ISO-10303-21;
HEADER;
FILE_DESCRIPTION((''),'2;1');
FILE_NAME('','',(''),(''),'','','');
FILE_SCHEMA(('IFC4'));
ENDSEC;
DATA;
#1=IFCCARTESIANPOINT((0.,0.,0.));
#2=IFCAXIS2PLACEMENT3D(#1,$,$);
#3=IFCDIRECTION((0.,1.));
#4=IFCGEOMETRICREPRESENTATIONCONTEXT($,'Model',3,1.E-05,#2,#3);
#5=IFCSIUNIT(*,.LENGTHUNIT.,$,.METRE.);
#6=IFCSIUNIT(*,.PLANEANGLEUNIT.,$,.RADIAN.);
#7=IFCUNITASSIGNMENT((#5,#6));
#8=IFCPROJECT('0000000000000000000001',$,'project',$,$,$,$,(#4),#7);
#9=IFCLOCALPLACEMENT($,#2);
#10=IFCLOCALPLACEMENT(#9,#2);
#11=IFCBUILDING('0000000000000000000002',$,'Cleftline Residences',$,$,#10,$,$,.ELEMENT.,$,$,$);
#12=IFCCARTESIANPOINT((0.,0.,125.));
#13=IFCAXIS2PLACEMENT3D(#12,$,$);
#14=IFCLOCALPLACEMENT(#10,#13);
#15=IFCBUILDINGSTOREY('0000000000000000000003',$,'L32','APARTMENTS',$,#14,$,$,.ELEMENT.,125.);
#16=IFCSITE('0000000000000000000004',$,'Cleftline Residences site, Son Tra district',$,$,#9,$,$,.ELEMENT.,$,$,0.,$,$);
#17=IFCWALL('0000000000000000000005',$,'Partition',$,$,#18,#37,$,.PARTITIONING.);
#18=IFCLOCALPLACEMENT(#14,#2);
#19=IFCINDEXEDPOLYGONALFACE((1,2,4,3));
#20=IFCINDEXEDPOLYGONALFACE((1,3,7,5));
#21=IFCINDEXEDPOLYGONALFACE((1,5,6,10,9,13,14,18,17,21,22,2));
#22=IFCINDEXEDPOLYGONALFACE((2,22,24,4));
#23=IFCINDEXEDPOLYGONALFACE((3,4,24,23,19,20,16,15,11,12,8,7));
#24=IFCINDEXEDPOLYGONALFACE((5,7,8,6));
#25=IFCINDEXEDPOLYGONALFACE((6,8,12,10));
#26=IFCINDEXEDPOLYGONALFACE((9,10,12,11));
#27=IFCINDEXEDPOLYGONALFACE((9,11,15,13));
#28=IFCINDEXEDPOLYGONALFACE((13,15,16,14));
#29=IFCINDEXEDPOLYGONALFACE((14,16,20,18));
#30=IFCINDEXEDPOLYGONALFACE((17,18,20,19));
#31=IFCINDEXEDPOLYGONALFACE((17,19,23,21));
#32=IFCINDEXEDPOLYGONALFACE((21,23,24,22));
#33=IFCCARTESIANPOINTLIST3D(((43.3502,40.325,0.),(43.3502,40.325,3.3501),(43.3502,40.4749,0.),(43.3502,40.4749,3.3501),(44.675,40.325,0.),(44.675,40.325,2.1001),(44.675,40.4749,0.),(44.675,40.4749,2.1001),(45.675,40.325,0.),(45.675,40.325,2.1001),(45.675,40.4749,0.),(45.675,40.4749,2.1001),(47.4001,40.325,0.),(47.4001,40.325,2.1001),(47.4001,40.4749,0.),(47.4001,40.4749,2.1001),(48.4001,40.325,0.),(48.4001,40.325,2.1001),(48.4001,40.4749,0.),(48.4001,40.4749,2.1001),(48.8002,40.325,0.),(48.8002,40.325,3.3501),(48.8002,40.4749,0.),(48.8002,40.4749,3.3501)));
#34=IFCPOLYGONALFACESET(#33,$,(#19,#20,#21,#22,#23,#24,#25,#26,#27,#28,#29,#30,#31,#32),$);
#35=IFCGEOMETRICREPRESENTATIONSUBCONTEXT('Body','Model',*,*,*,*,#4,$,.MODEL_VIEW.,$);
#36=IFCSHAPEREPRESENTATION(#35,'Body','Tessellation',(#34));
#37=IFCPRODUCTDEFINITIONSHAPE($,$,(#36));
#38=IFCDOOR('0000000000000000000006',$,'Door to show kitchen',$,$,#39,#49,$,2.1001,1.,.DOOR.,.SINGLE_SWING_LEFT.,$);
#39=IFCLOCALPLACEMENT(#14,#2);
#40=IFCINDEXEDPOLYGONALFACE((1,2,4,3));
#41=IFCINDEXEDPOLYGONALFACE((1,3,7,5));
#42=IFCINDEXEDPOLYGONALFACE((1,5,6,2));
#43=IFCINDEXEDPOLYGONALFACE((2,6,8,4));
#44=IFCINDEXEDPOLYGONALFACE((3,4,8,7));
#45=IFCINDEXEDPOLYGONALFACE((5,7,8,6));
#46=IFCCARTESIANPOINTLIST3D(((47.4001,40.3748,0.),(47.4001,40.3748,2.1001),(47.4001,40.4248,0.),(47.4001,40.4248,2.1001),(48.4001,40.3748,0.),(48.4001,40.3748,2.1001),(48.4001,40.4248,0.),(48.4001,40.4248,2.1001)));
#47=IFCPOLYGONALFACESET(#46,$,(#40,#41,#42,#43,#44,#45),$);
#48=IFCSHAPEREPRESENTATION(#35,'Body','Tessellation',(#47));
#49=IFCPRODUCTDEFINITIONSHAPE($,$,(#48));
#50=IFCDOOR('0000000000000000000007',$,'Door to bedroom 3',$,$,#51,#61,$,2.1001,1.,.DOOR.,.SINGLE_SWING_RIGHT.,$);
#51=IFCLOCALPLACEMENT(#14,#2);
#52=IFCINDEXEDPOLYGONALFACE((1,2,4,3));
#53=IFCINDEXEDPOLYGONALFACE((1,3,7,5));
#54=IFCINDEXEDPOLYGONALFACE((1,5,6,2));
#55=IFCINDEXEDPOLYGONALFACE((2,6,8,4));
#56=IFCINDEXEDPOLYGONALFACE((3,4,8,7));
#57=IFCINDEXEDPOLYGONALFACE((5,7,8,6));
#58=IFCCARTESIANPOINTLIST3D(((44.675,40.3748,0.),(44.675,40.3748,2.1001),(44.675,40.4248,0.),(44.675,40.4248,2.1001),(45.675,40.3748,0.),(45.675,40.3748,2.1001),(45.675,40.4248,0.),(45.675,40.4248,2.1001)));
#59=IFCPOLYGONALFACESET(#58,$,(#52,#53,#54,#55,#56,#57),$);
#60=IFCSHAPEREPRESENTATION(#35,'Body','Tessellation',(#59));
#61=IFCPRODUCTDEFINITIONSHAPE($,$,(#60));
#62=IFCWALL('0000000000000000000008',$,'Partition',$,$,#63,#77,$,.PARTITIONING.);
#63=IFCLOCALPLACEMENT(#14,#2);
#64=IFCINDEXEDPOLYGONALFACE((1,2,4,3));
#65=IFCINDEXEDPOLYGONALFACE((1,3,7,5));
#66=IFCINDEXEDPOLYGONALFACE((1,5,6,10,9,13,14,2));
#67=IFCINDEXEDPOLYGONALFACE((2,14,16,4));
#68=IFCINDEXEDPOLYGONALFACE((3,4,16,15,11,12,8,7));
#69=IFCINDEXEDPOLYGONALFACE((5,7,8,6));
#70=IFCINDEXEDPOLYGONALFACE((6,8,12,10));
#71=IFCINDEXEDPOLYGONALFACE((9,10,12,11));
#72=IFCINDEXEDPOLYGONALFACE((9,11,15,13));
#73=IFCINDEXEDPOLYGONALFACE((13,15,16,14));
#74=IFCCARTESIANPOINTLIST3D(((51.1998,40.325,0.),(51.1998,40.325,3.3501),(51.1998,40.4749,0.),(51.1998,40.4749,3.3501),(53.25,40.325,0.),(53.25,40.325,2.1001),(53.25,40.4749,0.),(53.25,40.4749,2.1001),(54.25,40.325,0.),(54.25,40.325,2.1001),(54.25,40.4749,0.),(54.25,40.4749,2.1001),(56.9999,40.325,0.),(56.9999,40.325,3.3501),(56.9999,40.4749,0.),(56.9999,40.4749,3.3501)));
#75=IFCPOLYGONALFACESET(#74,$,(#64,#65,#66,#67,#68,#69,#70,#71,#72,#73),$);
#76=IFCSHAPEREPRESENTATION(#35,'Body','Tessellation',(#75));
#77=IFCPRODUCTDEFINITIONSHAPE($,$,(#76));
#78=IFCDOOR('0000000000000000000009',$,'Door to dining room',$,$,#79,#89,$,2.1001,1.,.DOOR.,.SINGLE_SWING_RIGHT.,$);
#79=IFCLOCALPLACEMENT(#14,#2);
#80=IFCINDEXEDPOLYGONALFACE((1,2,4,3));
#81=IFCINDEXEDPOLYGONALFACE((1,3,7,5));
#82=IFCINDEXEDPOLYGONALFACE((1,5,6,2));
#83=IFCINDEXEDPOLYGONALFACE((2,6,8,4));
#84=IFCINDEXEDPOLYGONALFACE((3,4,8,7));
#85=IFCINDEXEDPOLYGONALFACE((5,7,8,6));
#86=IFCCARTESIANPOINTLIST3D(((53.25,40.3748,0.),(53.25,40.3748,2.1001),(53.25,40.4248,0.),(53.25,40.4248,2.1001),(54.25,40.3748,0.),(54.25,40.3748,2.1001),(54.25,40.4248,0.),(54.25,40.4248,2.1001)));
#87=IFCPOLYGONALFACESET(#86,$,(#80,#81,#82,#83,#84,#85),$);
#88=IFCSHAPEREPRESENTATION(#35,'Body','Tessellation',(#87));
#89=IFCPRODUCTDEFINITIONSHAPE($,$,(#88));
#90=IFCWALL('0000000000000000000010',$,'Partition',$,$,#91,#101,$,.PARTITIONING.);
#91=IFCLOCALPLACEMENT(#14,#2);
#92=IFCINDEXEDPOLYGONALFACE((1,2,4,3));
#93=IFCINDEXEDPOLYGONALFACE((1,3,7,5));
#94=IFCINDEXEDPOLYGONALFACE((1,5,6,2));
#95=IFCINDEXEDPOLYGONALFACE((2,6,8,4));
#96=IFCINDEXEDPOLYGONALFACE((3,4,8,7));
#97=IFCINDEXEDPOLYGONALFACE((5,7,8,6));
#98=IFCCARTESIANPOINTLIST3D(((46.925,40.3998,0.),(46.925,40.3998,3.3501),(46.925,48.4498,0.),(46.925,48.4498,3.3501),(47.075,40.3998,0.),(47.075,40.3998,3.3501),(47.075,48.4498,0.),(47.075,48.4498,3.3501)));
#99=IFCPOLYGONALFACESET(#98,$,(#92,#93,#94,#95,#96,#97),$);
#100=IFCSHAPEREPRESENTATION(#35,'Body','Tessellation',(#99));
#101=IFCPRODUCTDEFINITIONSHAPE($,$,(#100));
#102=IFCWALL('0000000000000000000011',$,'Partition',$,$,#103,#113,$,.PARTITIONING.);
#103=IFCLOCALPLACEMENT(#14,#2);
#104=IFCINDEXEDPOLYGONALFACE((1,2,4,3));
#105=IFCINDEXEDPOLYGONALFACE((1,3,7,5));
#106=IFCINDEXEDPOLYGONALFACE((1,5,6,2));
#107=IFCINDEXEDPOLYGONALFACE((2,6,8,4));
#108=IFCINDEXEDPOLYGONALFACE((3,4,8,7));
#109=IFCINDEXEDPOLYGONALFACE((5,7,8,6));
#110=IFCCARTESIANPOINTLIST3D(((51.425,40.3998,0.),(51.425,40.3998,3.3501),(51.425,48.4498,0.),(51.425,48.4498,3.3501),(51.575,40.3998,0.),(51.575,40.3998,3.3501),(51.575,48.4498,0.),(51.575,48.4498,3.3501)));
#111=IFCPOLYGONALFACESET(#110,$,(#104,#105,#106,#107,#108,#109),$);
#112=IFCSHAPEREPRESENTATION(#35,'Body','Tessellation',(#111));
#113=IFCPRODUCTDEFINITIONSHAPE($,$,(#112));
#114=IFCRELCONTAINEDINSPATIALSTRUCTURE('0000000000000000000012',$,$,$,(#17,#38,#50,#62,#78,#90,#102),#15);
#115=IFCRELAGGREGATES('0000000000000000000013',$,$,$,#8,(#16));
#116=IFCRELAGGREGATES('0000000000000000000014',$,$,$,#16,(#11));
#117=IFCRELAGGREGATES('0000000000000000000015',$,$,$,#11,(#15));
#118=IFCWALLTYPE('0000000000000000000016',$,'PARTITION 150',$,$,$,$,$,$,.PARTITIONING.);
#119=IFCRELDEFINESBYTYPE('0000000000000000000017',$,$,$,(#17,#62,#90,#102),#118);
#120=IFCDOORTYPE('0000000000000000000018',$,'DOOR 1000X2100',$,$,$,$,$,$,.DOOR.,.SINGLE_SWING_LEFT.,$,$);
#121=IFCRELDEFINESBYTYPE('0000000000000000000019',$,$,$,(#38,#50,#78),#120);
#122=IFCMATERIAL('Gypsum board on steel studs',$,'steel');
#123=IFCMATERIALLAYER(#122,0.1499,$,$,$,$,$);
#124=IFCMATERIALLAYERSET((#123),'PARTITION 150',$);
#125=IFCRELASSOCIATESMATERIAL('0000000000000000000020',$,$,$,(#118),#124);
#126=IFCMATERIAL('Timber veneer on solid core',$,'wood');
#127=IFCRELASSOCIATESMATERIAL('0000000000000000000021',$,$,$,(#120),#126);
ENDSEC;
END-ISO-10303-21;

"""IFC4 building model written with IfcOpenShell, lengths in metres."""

from ifc_helpers import new_model, si_unit, direction, frame, frame_2d, origin, place, context, subcontext, project, spatial, rectangle, extrude, material, layer, layer_set, type_object, element, fill, save


model = new_model("IFC4")

# Units and contexts
model_context = context("Model", 3, precision=1e-05, world=origin(), true_north=direction((0.0, 1.0)))
body_context = subcontext(model_context, "Body", "Model", "MODEL_VIEW")
ifc_project = project(units=[si_unit("LENGTHUNIT", "METRE"), si_unit("PLANEANGLEUNIT", "RADIAN")], contexts=[model_context])

# Site, building, storey
site_placement = place(None, origin())
site = spatial("IfcSite", under=ifc_project, at=site_placement, Name="Cleftline Residences site, Son Tra district", CompositionType="ELEMENT", RefElevation=0.0)
building_placement = place(site_placement, origin())
building = spatial("IfcBuilding", under=site, at=building_placement, Name="Cleftline Residences", CompositionType="ELEMENT")
storey_placement = place(building_placement, frame((0.0, 0.0, 125.0)))
storey = spatial("IfcBuildingStorey", under=building, at=storey_placement, Name="L32", Description="APARTMENTS", CompositionType="ELEMENT", Elevation=125.0)

# Wall, openings, doors
ifc_material_1 = material(Name="Gypsum board on steel studs", Category="steel")
ifc_layer_1 = layer(ifc_material_1, 0.1499)
ifc_layer_set_1 = layer_set([ifc_layer_1], Name="PARTITION 150")
wall_type = type_object("IfcWallType", Name="PARTITION 150", PredefinedType="PARTITIONING", material=ifc_layer_set_1)
ifc_material_2 = material(Name="Timber veneer on solid core", Category="wood")
door_type_1 = type_object("IfcDoorType", Name="DOOR 1000X2100", OperationType="SINGLE_SWING_LEFT", PredefinedType="DOOR", material=ifc_material_2)
wall_1_placement = place(storey_placement, frame((43.3501, 40.3999, 0.0), z_axis=(0.0, 0.0, 1.0), x_axis=(1.0, 0.0, 0.0)))
wall_1 = element("IfcWall", 1, at=wall_1_placement, inside=storey, type_object=wall_type, Name="Partition", PredefinedType="PARTITIONING", context=body_context, shape_type="SweptSolid", body=[
    extrude(rectangle(XDim=5.45, YDim=0.1499, at=frame_2d((2.7251, 0.0))), origin(), (0.0, 0.0, 1.0), 3.3501),
])
opening_1_placement = place(wall_1_placement, frame((4.05, 0.0, 0.0)))
opening_1 = element("IfcOpeningElement", 2, at=opening_1_placement, cuts=wall_1, PredefinedType="OPENING", context=body_context, shape_type="SweptSolid", body=[
    extrude(rectangle(XDim=1.0, YDim=2.1001, at=frame_2d((0.5, 1.05))), frame((0.0, 0.085, 0.0), z_axis=(0.0, -1.0, 0.0), x_axis=(1.0, 0.0, 0.0)), (0.0, 0.0, 1.0), 0.1699),
])
opening_2_placement = place(wall_1_placement, frame((1.325, 0.0, 0.0)))
opening_2 = element("IfcOpeningElement", 3, at=opening_2_placement, cuts=wall_1, PredefinedType="OPENING", context=body_context, shape_type="SweptSolid", body=[
    extrude(rectangle(XDim=1.0, YDim=2.1001, at=frame_2d((0.5, 1.05))), frame((0.0, 0.085, 0.0), z_axis=(0.0, -1.0, 0.0), x_axis=(1.0, 0.0, 0.0)), (0.0, 0.0, 1.0), 0.1699),
])
door_1_placement = place(opening_1_placement, origin())
door_1 = element("IfcDoor", 4, at=door_1_placement, inside=storey, type_object=door_type_1, Name="Door to show kitchen", OperationType="SINGLE_SWING_LEFT", OverallHeight=2.1001, OverallWidth=1.0, PredefinedType="DOOR", context=body_context, shape_type="SweptSolid", body=[
    extrude(rectangle(XDim=1.0, YDim=2.1001, at=frame_2d((0.5, 1.05))), frame((0.0, 0.0249, 0.0), z_axis=(0.0, -1.0, 0.0), x_axis=(1.0, 0.0, 0.0)), (0.0, 0.0, 1.0), 0.05),
])
fill(opening_1, door_1)
door_2_placement = place(opening_2_placement, origin())
door_2 = element("IfcDoor", 5, at=door_2_placement, inside=storey, type_object=door_type_1, Name="Door to bedroom 3", OperationType="SINGLE_SWING_RIGHT", OverallHeight=2.1001, OverallWidth=1.0, PredefinedType="DOOR", context=body_context, shape_type="SweptSolid", body=[
    extrude(rectangle(XDim=1.0, YDim=2.1001, at=frame_2d((0.5, 1.05))), frame((0.0, 0.0249, 0.0), z_axis=(0.0, -1.0, 0.0), x_axis=(1.0, 0.0, 0.0)), (0.0, 0.0, 1.0), 0.05),
])
fill(opening_2, door_2)

# Wall, opening, door
wall_2_placement = place(storey_placement, frame((51.2, 40.3999, 0.0), z_axis=(0.0, 0.0, 1.0), x_axis=(1.0, 0.0, 0.0)))
wall_2 = element("IfcWall", 6, at=wall_2_placement, inside=storey, type_object=wall_type, Name="Partition", PredefinedType="PARTITIONING", context=body_context, shape_type="SweptSolid", body=[
    extrude(rectangle(XDim=5.8, YDim=0.1499, at=frame_2d((2.8999, 0.0))), origin(), (0.0, 0.0, 1.0), 3.3501),
])
opening_3_placement = place(wall_2_placement, frame((2.05, 0.0, 0.0)))
opening_3 = element("IfcOpeningElement", 7, at=opening_3_placement, cuts=wall_2, PredefinedType="OPENING", context=body_context, shape_type="SweptSolid", body=[
    extrude(rectangle(XDim=1.0, YDim=2.1001, at=frame_2d((0.5, 1.05))), frame((0.0, 0.085, 0.0), z_axis=(0.0, -1.0, 0.0), x_axis=(1.0, 0.0, 0.0)), (0.0, 0.0, 1.0), 0.1699),
])
door_3_placement = place(opening_3_placement, origin())
door_3 = element("IfcDoor", 8, at=door_3_placement, inside=storey, type_object=door_type_1, Name="Door to dining room", OperationType="SINGLE_SWING_RIGHT", OverallHeight=2.1001, OverallWidth=1.0, PredefinedType="DOOR", context=body_context, shape_type="SweptSolid", body=[
    extrude(rectangle(XDim=1.0, YDim=2.1001, at=frame_2d((0.5, 1.05))), frame((0.0, 0.0249, 0.0), z_axis=(0.0, -1.0, 0.0), x_axis=(1.0, 0.0, 0.0)), (0.0, 0.0, 1.0), 0.05),
])
fill(opening_3, door_3)

# Walls
for number, where, z_axis, x_axis, name in (
    (9, (47.0, 40.3999, 0.0), (0.0, 0.0, 1.0), (0.0, 1.0, 0.0), "Partition"),
    (10, (51.5, 40.3999, 0.0), (0.0, 0.0, 1.0), (0.0, 1.0, 0.0), "Partition"),
):
    element("IfcWall", number, at=place(storey_placement, frame(where, z_axis=z_axis, x_axis=x_axis)), inside=storey, type_object=wall_type, Name=name, PredefinedType="PARTITIONING", context=body_context, shape_type="SweptSolid", body=[
        extrude(rectangle(XDim=8.05, YDim=0.1499, at=frame_2d((4.0249, 0.0))), origin(), (0.0, 0.0, 1.0), 3.3501),
    ])

save(model, "model.ifc")
